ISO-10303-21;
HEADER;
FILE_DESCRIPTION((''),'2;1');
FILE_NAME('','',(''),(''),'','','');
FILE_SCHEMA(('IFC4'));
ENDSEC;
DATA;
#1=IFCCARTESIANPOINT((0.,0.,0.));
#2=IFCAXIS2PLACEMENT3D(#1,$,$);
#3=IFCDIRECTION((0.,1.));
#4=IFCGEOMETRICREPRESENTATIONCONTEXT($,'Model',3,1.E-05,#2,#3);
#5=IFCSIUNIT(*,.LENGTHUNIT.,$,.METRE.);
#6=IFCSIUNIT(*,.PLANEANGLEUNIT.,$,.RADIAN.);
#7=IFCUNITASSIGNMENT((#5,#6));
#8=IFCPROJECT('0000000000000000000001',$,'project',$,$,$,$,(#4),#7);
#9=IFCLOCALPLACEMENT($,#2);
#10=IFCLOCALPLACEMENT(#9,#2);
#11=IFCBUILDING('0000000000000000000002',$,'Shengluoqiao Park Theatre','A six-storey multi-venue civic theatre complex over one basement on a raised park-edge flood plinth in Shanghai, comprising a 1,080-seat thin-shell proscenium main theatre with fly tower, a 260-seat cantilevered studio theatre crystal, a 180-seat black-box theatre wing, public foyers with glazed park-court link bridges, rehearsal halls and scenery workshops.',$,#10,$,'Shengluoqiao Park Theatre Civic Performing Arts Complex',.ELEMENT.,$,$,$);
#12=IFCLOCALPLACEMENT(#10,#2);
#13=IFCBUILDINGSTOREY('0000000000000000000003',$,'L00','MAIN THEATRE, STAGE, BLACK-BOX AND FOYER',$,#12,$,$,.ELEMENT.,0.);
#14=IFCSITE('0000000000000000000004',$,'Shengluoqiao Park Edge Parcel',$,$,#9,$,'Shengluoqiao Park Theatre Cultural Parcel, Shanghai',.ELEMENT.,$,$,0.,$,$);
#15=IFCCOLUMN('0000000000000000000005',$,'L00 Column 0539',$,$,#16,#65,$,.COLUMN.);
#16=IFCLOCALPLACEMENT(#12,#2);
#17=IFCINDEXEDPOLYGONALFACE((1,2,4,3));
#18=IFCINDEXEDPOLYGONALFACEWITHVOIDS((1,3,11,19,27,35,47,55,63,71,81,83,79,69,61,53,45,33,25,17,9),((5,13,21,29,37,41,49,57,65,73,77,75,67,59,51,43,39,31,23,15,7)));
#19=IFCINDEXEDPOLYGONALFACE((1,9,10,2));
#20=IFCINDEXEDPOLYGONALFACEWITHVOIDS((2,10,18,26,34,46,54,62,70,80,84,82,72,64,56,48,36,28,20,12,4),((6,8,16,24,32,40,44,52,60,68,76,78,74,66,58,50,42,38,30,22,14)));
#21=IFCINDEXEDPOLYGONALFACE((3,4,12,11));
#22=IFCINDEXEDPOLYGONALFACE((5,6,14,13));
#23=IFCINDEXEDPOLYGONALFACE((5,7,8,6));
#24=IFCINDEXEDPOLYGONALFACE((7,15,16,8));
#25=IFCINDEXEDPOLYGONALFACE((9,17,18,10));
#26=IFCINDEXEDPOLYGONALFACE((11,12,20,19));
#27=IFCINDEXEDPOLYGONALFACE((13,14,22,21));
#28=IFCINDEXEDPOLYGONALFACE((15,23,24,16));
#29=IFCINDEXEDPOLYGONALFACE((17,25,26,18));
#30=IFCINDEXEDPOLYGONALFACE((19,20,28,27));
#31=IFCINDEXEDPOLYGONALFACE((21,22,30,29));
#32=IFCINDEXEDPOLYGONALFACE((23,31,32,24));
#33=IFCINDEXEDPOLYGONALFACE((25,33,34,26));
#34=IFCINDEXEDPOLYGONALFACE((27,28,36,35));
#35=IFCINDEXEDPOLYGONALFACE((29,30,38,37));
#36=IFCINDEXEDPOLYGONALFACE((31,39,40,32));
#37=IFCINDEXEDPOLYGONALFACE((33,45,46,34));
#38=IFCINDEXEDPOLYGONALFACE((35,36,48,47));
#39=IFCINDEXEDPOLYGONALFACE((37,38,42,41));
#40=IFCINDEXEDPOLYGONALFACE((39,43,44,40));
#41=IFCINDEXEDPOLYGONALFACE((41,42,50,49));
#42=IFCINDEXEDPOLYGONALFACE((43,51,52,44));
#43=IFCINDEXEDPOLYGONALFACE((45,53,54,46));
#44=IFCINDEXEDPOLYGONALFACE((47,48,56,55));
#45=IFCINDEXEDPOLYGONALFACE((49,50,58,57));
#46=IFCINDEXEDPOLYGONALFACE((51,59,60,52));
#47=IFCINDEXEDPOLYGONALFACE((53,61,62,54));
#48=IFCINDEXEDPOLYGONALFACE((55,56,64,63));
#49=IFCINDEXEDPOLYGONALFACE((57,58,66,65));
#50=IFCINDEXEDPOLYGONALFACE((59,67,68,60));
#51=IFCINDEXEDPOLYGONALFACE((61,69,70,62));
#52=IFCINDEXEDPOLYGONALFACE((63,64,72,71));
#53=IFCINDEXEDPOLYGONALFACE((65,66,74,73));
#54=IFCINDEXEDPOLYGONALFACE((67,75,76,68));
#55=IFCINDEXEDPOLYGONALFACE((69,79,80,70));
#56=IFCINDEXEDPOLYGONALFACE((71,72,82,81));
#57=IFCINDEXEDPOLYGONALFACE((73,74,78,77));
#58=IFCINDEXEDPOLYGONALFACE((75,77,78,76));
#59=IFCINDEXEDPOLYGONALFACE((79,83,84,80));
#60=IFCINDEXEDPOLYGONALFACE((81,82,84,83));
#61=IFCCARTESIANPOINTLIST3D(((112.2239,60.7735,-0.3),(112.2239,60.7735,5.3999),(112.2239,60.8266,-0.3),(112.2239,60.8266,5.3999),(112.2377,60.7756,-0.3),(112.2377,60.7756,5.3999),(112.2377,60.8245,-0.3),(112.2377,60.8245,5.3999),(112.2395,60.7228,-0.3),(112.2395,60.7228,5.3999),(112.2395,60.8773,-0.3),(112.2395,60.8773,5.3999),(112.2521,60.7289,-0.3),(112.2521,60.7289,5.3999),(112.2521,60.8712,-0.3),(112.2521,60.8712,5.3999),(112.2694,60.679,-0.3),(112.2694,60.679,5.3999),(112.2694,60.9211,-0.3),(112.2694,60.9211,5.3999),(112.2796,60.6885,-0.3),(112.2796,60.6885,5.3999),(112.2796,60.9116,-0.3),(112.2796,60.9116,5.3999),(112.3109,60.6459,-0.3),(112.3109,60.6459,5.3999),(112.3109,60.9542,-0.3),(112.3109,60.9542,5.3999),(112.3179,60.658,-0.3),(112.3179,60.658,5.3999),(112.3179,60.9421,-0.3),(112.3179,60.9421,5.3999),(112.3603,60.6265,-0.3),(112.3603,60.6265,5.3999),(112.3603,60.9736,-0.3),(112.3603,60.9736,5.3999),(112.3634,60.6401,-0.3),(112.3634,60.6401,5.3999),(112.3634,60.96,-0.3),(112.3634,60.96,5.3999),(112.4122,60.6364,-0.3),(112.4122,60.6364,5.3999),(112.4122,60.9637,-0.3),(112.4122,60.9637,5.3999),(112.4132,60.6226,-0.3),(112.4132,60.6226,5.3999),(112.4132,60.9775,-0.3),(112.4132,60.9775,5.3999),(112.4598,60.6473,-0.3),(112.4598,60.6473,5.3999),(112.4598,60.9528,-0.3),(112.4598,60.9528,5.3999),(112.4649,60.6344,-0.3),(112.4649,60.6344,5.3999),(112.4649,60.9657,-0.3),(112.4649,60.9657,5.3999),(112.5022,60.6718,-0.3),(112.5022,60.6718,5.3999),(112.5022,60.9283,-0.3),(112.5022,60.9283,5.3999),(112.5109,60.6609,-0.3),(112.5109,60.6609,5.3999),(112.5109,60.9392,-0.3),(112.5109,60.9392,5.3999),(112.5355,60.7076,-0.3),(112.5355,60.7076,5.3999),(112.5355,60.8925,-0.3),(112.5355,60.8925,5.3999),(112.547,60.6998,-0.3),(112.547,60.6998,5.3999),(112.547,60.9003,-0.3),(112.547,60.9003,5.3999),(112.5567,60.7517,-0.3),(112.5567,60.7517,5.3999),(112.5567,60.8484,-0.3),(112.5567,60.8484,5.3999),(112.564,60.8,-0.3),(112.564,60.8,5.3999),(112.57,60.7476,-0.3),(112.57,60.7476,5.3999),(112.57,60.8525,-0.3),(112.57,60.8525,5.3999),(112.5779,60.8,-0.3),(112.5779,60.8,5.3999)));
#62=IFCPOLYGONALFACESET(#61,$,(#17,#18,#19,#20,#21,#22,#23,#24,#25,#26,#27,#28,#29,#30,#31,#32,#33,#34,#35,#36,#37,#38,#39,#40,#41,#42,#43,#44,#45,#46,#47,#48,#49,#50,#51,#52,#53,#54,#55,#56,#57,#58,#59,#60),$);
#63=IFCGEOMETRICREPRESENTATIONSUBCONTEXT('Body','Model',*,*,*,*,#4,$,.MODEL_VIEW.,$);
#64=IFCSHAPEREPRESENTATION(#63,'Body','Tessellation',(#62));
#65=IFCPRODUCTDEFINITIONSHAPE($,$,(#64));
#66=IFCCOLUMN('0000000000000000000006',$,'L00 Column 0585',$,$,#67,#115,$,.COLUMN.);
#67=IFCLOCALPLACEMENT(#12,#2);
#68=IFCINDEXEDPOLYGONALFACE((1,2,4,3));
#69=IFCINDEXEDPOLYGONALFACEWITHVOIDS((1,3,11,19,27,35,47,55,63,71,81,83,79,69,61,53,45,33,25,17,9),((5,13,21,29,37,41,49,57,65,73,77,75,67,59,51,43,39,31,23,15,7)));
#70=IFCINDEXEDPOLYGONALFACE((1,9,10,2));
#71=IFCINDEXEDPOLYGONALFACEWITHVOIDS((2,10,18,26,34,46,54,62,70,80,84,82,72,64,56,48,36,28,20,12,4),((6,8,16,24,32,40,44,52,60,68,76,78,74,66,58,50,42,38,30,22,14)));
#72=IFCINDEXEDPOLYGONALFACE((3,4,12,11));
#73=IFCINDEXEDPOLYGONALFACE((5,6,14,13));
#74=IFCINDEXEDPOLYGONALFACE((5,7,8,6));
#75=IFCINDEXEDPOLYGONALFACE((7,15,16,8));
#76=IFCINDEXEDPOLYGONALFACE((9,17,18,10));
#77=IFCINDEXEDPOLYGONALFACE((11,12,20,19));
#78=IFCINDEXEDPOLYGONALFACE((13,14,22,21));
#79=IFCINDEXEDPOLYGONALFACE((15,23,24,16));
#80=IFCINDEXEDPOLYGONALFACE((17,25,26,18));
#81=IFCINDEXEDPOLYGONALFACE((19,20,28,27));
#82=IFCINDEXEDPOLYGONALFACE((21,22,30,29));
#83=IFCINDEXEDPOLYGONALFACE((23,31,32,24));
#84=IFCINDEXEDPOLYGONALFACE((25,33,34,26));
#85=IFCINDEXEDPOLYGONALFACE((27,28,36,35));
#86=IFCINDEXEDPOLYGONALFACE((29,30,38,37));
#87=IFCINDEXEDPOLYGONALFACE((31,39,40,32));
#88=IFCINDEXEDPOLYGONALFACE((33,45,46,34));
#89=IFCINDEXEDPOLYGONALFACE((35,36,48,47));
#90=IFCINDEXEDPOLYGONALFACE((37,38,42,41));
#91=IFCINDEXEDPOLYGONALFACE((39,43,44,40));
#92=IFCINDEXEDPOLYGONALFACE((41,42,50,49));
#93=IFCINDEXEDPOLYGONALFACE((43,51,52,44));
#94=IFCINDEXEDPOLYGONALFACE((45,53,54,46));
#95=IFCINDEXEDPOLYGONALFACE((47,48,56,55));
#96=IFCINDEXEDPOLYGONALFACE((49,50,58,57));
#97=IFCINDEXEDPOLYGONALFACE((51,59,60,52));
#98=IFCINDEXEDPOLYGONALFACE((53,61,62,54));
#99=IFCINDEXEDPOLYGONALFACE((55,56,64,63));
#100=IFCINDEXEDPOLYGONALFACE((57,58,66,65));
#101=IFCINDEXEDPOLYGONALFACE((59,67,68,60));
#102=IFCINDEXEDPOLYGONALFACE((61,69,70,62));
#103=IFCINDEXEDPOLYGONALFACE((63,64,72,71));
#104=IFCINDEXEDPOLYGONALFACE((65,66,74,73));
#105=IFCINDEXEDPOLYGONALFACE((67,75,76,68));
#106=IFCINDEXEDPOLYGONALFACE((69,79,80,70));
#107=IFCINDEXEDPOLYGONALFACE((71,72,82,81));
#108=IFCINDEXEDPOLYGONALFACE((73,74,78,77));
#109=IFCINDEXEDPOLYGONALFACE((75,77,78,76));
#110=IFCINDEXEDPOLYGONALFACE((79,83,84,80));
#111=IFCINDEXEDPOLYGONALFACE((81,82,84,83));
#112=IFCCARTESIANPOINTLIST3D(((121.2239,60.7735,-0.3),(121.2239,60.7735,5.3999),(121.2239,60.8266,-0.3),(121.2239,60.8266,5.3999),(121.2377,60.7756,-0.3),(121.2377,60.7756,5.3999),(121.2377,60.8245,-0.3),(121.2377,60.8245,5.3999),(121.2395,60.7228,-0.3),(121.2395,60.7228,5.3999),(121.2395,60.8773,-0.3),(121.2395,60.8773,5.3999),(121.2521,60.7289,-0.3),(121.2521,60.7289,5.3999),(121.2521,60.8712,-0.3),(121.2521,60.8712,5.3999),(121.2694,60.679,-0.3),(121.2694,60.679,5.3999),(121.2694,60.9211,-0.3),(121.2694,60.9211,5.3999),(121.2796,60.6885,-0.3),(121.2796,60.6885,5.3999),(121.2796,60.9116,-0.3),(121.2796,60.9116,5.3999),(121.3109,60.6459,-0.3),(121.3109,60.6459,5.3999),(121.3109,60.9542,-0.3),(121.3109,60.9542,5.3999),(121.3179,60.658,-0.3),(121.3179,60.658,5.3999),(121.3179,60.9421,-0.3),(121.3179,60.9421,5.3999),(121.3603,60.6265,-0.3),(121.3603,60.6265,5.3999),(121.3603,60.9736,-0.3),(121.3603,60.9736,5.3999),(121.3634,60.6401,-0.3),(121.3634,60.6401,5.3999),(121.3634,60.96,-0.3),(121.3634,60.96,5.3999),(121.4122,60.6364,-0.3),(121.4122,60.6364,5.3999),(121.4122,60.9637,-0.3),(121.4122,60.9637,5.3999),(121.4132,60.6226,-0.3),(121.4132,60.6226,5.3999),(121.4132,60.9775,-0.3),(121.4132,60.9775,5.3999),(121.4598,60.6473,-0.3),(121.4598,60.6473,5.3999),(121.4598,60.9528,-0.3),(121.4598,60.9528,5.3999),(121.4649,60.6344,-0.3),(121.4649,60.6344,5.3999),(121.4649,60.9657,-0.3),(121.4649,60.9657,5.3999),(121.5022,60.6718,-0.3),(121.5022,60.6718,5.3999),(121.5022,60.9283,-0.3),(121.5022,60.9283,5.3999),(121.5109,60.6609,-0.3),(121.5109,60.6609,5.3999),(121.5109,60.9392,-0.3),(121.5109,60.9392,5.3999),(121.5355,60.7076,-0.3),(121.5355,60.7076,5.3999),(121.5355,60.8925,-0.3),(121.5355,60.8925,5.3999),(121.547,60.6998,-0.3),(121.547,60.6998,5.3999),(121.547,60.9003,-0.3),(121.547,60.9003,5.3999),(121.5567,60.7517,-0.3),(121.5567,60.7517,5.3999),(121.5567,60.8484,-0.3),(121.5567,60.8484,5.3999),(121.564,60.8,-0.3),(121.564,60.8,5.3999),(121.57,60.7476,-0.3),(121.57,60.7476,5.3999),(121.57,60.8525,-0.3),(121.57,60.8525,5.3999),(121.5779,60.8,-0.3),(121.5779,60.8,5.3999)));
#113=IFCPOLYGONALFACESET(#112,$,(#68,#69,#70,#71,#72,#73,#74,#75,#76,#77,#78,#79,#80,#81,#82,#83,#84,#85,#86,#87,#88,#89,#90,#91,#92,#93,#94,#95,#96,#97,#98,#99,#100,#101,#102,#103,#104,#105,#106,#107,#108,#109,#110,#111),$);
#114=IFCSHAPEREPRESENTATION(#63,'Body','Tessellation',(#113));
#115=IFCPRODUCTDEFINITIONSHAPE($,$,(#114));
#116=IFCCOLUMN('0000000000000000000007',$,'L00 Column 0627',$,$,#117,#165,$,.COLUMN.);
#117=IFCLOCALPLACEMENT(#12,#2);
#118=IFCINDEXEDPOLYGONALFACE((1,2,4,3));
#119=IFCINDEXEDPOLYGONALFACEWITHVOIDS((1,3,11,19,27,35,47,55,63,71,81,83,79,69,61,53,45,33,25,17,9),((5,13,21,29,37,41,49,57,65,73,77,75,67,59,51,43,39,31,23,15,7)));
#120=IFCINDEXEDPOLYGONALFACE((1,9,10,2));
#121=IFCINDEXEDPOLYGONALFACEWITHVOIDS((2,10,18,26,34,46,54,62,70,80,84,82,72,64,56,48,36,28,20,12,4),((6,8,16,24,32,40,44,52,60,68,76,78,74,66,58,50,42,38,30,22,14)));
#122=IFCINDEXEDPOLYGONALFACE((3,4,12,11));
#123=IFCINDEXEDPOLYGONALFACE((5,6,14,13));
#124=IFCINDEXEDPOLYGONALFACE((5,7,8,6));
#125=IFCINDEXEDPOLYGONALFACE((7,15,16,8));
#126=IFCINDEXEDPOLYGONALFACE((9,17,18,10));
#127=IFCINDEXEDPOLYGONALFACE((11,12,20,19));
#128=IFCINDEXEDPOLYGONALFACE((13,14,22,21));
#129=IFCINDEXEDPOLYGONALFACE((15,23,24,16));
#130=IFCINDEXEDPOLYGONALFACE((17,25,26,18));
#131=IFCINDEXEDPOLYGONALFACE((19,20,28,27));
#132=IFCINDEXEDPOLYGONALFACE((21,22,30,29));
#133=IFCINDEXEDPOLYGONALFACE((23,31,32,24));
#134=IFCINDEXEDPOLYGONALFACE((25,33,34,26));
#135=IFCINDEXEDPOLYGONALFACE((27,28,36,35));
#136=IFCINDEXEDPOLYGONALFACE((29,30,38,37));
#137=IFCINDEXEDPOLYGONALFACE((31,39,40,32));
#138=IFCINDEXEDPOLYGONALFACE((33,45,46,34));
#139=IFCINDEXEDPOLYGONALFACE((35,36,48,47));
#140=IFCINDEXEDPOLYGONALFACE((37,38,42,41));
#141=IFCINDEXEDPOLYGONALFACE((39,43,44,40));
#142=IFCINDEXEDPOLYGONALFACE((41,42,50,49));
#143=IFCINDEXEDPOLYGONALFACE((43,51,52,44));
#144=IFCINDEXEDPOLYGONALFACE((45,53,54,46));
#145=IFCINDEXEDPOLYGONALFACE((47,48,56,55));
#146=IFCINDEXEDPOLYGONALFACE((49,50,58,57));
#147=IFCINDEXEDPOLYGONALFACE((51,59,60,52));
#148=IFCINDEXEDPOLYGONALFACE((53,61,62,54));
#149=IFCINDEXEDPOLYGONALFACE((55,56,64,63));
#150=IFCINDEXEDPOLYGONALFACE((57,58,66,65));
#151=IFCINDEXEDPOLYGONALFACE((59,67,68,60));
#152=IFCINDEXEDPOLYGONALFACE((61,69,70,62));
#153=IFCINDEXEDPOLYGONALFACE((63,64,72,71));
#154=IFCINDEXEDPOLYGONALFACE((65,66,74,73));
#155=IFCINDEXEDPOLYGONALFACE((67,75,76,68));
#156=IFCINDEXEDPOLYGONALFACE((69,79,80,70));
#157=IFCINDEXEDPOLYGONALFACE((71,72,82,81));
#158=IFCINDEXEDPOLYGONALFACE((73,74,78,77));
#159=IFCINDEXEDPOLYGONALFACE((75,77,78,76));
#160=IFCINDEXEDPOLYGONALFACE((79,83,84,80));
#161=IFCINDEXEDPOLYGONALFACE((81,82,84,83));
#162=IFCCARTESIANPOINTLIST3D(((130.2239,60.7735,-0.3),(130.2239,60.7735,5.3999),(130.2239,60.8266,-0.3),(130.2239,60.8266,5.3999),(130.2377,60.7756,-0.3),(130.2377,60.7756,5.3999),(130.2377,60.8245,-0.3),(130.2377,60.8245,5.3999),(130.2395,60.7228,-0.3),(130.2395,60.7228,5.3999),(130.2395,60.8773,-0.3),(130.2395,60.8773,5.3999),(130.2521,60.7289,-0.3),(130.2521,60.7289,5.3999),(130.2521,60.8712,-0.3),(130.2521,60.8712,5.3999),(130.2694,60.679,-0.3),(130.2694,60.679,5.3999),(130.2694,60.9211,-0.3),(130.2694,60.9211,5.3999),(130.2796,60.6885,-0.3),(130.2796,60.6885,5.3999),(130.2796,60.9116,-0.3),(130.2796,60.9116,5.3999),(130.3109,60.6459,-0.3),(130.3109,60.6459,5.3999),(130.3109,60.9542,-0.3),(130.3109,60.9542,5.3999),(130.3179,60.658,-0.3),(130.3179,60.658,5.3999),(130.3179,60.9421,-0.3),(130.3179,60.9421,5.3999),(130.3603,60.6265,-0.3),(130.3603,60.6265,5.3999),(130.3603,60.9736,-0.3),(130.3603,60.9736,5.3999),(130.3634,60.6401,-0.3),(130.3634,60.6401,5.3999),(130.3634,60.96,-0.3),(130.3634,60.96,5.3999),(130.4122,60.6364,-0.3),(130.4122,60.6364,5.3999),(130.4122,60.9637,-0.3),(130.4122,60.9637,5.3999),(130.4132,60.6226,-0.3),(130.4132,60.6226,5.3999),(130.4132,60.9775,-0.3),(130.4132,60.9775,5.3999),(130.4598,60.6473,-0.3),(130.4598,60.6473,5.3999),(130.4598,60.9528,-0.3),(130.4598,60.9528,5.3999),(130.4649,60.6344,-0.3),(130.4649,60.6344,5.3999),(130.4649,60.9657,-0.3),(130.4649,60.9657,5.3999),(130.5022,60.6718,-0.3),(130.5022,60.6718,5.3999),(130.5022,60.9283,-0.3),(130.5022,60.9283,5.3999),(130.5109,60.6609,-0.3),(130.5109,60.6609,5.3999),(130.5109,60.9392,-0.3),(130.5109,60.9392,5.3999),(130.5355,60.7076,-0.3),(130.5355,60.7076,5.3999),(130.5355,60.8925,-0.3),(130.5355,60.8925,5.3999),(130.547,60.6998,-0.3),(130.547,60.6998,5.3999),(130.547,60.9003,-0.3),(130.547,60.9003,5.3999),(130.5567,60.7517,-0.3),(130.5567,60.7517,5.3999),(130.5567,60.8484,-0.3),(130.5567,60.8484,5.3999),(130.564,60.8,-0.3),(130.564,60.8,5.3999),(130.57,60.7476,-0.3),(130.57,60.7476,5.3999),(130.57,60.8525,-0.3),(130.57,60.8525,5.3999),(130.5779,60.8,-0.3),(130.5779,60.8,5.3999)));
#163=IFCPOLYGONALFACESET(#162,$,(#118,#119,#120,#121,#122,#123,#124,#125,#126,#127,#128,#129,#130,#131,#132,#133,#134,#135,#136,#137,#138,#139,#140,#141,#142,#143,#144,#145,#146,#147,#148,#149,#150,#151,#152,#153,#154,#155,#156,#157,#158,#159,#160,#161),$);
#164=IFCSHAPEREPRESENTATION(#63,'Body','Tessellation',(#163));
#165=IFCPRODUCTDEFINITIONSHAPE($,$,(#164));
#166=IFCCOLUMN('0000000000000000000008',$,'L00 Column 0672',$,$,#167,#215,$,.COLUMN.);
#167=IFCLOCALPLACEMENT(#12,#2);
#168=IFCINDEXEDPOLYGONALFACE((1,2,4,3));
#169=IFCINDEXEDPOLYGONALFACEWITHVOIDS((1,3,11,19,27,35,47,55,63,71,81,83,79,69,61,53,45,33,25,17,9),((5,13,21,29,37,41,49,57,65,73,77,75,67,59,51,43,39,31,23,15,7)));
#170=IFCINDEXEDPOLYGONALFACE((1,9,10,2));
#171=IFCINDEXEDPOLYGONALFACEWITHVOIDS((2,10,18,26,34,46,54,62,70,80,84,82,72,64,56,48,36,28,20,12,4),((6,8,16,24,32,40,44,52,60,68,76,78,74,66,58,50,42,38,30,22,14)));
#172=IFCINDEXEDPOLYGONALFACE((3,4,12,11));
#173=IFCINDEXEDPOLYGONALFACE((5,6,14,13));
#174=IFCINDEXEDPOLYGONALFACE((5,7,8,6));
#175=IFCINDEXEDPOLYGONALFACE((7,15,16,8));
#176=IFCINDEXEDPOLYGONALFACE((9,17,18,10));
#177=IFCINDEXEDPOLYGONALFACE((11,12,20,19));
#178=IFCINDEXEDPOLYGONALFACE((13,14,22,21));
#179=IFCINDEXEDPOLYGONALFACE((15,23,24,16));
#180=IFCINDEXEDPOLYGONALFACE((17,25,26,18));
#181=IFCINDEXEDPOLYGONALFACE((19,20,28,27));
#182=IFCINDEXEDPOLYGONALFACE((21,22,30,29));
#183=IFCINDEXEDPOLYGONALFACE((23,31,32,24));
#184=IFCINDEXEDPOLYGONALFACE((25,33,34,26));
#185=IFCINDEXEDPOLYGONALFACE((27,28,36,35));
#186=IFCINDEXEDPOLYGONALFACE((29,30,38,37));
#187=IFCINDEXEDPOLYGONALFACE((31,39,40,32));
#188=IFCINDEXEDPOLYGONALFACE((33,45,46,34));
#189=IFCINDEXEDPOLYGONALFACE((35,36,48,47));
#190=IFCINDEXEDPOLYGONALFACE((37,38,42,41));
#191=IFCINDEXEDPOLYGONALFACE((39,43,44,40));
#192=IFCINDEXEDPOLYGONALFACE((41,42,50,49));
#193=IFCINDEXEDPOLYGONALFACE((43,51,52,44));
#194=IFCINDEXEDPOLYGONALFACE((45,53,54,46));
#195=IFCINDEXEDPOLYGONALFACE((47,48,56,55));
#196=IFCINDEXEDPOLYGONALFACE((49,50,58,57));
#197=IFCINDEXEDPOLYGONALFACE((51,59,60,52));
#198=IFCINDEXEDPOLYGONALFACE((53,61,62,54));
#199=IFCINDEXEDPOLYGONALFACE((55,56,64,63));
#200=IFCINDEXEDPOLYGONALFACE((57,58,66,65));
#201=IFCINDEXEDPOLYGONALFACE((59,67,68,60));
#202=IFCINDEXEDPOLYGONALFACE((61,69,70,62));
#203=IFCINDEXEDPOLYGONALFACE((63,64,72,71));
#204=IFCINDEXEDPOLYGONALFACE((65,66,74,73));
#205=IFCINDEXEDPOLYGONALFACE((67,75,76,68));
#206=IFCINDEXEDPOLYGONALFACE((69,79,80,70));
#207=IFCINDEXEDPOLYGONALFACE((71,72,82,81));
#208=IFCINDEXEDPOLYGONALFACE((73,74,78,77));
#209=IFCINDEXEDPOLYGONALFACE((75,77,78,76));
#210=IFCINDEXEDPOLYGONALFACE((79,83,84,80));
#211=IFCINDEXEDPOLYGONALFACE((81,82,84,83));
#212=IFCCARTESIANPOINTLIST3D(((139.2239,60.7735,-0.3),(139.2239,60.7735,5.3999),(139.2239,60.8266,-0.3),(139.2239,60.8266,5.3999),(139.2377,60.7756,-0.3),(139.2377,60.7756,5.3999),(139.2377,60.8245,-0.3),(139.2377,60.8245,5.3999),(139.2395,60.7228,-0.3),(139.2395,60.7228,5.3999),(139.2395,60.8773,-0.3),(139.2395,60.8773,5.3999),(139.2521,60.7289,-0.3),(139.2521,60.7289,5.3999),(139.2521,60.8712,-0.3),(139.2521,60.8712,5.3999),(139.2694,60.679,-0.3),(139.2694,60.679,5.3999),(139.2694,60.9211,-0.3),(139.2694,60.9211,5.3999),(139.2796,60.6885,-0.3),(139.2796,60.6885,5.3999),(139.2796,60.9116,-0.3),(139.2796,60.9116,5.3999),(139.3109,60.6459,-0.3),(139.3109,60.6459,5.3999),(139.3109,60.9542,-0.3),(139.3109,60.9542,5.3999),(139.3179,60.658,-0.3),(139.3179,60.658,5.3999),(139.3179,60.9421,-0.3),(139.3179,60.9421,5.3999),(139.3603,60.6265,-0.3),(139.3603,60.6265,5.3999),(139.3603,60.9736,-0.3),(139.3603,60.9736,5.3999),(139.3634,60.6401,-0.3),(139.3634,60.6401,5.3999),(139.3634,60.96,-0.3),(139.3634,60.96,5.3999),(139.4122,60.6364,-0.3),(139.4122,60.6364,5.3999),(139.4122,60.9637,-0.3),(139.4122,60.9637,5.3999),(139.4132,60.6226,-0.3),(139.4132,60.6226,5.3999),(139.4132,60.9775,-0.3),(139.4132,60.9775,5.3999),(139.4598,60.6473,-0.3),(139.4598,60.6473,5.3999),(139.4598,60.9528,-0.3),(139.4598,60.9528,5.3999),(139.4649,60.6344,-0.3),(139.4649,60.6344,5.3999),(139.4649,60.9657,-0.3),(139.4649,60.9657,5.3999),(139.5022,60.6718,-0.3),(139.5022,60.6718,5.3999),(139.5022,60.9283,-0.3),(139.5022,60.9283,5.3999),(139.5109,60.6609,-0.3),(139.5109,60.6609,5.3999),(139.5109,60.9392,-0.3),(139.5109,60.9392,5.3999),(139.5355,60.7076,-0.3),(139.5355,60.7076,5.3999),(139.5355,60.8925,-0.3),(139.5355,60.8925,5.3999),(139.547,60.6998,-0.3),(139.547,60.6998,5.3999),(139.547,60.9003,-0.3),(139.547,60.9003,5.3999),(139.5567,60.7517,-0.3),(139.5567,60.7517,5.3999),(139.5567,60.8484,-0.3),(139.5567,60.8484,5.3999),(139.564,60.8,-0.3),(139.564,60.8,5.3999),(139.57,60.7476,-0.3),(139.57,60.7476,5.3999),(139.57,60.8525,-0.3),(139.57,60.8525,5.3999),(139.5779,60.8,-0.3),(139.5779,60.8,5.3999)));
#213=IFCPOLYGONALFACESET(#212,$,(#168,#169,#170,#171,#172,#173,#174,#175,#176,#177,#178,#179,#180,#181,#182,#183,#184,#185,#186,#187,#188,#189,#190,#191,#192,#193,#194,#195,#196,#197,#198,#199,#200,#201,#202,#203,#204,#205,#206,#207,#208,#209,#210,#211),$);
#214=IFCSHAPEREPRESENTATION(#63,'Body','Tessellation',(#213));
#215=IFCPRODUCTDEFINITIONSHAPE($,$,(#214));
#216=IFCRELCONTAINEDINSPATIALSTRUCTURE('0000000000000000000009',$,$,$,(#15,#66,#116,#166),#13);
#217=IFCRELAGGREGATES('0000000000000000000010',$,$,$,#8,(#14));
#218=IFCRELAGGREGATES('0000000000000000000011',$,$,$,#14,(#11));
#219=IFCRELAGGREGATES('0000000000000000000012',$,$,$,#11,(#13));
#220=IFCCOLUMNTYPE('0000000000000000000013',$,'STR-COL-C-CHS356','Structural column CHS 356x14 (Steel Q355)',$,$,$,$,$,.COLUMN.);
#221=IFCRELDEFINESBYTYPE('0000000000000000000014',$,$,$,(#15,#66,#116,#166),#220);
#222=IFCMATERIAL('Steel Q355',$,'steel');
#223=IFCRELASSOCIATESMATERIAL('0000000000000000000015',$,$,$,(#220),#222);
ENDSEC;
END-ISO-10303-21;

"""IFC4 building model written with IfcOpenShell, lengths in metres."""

from ifc_helpers import new_model, si_unit, direction, frame, origin, origin_2d, place, context, subcontext, project, spatial, hollow_circle, extrude, material, material_profile, profile_set, type_object, element, save


model = new_model("IFC4")

# Units and contexts
model_context = context("Model", 3, precision=1e-05, world=origin(), true_north=direction((0.0, 1.0)))
body_context = subcontext(model_context, "Body", "Model", "MODEL_VIEW")
ifc_project = project(units=[si_unit("LENGTHUNIT", "METRE"), si_unit("PLANEANGLEUNIT", "RADIAN")], contexts=[model_context])

# Site, building, storey
site_placement = place(None, origin())
site = spatial("IfcSite", under=ifc_project, at=site_placement, Name="Shengluoqiao Park Edge Parcel", LongName="Shengluoqiao Park Theatre Cultural Parcel, Shanghai", CompositionType="ELEMENT", RefElevation=0.0)
building_placement = place(site_placement, origin())
building = spatial("IfcBuilding", under=site, at=building_placement, Name="Shengluoqiao Park Theatre", Description="A six-storey multi-venue civic theatre complex over one basement on a raised park-edge flood plinth in Shanghai, comprising a 1,080-seat thin-shell proscenium main theatre with fly tower, a 260-seat cantilevered studio theatre crystal, a 180-seat black-box theatre wing, public foyers with glazed park-court link bridges, rehearsal halls and scenery workshops.", LongName="Shengluoqiao Park Theatre Civic Performing Arts Complex", CompositionType="ELEMENT")
storey_placement = place(building_placement, origin())
storey = spatial("IfcBuildingStorey", under=building, at=storey_placement, Name="L00", Description="MAIN THEATRE, STAGE, BLACK-BOX AND FOYER", CompositionType="ELEMENT", Elevation=0.0)

# Columns
ifc_material_1 = material(Name="Steel Q355", Category="steel")
ifc_material_profile_1 = material_profile(ifc_material_1, hollow_circle(Radius=0.178, WallThickness=0.0139, at=origin_2d()), Name="CHS 356x14")
ifc_profile_set_1 = profile_set([ifc_material_profile_1], Name="Steel Q355")
column_type = type_object("IfcColumnType", Name="STR-COL-C-CHS356", Description="Structural column CHS 356x14 (Steel Q355)", PredefinedType="COLUMN", material=ifc_profile_set_1)
for number, where, z_axis, x_axis, name in (
    (1, (112.3999, 60.8, -0.3), (0.0, 0.0, 1.0), (1.0, 0.0, 0.0), "L00 Column 0539"),
    (2, (121.3999, 60.8, -0.3), (0.0, 0.0, 1.0), (1.0, 0.0, 0.0), "L00 Column 0585"),
    (3, (130.3999, 60.8, -0.3), (0.0, 0.0, 1.0), (1.0, 0.0, 0.0), "L00 Column 0627"),
    (4, (139.3999, 60.8, -0.3), (0.0, 0.0, 1.0), (1.0, 0.0, 0.0), "L00 Column 0672"),
):
    element("IfcColumn", number, at=place(storey_placement, frame(where, z_axis=z_axis, x_axis=x_axis)), inside=storey, type_object=column_type, Name=name, PredefinedType="COLUMN", context=body_context, shape_type="SweptSolid", body=[
        extrude(hollow_circle(Radius=0.178, WallThickness=0.0139, at=origin_2d()), origin(), (0.0, 0.0, 1.0), 5.7),
    ])

save(model, "model.ifc")
